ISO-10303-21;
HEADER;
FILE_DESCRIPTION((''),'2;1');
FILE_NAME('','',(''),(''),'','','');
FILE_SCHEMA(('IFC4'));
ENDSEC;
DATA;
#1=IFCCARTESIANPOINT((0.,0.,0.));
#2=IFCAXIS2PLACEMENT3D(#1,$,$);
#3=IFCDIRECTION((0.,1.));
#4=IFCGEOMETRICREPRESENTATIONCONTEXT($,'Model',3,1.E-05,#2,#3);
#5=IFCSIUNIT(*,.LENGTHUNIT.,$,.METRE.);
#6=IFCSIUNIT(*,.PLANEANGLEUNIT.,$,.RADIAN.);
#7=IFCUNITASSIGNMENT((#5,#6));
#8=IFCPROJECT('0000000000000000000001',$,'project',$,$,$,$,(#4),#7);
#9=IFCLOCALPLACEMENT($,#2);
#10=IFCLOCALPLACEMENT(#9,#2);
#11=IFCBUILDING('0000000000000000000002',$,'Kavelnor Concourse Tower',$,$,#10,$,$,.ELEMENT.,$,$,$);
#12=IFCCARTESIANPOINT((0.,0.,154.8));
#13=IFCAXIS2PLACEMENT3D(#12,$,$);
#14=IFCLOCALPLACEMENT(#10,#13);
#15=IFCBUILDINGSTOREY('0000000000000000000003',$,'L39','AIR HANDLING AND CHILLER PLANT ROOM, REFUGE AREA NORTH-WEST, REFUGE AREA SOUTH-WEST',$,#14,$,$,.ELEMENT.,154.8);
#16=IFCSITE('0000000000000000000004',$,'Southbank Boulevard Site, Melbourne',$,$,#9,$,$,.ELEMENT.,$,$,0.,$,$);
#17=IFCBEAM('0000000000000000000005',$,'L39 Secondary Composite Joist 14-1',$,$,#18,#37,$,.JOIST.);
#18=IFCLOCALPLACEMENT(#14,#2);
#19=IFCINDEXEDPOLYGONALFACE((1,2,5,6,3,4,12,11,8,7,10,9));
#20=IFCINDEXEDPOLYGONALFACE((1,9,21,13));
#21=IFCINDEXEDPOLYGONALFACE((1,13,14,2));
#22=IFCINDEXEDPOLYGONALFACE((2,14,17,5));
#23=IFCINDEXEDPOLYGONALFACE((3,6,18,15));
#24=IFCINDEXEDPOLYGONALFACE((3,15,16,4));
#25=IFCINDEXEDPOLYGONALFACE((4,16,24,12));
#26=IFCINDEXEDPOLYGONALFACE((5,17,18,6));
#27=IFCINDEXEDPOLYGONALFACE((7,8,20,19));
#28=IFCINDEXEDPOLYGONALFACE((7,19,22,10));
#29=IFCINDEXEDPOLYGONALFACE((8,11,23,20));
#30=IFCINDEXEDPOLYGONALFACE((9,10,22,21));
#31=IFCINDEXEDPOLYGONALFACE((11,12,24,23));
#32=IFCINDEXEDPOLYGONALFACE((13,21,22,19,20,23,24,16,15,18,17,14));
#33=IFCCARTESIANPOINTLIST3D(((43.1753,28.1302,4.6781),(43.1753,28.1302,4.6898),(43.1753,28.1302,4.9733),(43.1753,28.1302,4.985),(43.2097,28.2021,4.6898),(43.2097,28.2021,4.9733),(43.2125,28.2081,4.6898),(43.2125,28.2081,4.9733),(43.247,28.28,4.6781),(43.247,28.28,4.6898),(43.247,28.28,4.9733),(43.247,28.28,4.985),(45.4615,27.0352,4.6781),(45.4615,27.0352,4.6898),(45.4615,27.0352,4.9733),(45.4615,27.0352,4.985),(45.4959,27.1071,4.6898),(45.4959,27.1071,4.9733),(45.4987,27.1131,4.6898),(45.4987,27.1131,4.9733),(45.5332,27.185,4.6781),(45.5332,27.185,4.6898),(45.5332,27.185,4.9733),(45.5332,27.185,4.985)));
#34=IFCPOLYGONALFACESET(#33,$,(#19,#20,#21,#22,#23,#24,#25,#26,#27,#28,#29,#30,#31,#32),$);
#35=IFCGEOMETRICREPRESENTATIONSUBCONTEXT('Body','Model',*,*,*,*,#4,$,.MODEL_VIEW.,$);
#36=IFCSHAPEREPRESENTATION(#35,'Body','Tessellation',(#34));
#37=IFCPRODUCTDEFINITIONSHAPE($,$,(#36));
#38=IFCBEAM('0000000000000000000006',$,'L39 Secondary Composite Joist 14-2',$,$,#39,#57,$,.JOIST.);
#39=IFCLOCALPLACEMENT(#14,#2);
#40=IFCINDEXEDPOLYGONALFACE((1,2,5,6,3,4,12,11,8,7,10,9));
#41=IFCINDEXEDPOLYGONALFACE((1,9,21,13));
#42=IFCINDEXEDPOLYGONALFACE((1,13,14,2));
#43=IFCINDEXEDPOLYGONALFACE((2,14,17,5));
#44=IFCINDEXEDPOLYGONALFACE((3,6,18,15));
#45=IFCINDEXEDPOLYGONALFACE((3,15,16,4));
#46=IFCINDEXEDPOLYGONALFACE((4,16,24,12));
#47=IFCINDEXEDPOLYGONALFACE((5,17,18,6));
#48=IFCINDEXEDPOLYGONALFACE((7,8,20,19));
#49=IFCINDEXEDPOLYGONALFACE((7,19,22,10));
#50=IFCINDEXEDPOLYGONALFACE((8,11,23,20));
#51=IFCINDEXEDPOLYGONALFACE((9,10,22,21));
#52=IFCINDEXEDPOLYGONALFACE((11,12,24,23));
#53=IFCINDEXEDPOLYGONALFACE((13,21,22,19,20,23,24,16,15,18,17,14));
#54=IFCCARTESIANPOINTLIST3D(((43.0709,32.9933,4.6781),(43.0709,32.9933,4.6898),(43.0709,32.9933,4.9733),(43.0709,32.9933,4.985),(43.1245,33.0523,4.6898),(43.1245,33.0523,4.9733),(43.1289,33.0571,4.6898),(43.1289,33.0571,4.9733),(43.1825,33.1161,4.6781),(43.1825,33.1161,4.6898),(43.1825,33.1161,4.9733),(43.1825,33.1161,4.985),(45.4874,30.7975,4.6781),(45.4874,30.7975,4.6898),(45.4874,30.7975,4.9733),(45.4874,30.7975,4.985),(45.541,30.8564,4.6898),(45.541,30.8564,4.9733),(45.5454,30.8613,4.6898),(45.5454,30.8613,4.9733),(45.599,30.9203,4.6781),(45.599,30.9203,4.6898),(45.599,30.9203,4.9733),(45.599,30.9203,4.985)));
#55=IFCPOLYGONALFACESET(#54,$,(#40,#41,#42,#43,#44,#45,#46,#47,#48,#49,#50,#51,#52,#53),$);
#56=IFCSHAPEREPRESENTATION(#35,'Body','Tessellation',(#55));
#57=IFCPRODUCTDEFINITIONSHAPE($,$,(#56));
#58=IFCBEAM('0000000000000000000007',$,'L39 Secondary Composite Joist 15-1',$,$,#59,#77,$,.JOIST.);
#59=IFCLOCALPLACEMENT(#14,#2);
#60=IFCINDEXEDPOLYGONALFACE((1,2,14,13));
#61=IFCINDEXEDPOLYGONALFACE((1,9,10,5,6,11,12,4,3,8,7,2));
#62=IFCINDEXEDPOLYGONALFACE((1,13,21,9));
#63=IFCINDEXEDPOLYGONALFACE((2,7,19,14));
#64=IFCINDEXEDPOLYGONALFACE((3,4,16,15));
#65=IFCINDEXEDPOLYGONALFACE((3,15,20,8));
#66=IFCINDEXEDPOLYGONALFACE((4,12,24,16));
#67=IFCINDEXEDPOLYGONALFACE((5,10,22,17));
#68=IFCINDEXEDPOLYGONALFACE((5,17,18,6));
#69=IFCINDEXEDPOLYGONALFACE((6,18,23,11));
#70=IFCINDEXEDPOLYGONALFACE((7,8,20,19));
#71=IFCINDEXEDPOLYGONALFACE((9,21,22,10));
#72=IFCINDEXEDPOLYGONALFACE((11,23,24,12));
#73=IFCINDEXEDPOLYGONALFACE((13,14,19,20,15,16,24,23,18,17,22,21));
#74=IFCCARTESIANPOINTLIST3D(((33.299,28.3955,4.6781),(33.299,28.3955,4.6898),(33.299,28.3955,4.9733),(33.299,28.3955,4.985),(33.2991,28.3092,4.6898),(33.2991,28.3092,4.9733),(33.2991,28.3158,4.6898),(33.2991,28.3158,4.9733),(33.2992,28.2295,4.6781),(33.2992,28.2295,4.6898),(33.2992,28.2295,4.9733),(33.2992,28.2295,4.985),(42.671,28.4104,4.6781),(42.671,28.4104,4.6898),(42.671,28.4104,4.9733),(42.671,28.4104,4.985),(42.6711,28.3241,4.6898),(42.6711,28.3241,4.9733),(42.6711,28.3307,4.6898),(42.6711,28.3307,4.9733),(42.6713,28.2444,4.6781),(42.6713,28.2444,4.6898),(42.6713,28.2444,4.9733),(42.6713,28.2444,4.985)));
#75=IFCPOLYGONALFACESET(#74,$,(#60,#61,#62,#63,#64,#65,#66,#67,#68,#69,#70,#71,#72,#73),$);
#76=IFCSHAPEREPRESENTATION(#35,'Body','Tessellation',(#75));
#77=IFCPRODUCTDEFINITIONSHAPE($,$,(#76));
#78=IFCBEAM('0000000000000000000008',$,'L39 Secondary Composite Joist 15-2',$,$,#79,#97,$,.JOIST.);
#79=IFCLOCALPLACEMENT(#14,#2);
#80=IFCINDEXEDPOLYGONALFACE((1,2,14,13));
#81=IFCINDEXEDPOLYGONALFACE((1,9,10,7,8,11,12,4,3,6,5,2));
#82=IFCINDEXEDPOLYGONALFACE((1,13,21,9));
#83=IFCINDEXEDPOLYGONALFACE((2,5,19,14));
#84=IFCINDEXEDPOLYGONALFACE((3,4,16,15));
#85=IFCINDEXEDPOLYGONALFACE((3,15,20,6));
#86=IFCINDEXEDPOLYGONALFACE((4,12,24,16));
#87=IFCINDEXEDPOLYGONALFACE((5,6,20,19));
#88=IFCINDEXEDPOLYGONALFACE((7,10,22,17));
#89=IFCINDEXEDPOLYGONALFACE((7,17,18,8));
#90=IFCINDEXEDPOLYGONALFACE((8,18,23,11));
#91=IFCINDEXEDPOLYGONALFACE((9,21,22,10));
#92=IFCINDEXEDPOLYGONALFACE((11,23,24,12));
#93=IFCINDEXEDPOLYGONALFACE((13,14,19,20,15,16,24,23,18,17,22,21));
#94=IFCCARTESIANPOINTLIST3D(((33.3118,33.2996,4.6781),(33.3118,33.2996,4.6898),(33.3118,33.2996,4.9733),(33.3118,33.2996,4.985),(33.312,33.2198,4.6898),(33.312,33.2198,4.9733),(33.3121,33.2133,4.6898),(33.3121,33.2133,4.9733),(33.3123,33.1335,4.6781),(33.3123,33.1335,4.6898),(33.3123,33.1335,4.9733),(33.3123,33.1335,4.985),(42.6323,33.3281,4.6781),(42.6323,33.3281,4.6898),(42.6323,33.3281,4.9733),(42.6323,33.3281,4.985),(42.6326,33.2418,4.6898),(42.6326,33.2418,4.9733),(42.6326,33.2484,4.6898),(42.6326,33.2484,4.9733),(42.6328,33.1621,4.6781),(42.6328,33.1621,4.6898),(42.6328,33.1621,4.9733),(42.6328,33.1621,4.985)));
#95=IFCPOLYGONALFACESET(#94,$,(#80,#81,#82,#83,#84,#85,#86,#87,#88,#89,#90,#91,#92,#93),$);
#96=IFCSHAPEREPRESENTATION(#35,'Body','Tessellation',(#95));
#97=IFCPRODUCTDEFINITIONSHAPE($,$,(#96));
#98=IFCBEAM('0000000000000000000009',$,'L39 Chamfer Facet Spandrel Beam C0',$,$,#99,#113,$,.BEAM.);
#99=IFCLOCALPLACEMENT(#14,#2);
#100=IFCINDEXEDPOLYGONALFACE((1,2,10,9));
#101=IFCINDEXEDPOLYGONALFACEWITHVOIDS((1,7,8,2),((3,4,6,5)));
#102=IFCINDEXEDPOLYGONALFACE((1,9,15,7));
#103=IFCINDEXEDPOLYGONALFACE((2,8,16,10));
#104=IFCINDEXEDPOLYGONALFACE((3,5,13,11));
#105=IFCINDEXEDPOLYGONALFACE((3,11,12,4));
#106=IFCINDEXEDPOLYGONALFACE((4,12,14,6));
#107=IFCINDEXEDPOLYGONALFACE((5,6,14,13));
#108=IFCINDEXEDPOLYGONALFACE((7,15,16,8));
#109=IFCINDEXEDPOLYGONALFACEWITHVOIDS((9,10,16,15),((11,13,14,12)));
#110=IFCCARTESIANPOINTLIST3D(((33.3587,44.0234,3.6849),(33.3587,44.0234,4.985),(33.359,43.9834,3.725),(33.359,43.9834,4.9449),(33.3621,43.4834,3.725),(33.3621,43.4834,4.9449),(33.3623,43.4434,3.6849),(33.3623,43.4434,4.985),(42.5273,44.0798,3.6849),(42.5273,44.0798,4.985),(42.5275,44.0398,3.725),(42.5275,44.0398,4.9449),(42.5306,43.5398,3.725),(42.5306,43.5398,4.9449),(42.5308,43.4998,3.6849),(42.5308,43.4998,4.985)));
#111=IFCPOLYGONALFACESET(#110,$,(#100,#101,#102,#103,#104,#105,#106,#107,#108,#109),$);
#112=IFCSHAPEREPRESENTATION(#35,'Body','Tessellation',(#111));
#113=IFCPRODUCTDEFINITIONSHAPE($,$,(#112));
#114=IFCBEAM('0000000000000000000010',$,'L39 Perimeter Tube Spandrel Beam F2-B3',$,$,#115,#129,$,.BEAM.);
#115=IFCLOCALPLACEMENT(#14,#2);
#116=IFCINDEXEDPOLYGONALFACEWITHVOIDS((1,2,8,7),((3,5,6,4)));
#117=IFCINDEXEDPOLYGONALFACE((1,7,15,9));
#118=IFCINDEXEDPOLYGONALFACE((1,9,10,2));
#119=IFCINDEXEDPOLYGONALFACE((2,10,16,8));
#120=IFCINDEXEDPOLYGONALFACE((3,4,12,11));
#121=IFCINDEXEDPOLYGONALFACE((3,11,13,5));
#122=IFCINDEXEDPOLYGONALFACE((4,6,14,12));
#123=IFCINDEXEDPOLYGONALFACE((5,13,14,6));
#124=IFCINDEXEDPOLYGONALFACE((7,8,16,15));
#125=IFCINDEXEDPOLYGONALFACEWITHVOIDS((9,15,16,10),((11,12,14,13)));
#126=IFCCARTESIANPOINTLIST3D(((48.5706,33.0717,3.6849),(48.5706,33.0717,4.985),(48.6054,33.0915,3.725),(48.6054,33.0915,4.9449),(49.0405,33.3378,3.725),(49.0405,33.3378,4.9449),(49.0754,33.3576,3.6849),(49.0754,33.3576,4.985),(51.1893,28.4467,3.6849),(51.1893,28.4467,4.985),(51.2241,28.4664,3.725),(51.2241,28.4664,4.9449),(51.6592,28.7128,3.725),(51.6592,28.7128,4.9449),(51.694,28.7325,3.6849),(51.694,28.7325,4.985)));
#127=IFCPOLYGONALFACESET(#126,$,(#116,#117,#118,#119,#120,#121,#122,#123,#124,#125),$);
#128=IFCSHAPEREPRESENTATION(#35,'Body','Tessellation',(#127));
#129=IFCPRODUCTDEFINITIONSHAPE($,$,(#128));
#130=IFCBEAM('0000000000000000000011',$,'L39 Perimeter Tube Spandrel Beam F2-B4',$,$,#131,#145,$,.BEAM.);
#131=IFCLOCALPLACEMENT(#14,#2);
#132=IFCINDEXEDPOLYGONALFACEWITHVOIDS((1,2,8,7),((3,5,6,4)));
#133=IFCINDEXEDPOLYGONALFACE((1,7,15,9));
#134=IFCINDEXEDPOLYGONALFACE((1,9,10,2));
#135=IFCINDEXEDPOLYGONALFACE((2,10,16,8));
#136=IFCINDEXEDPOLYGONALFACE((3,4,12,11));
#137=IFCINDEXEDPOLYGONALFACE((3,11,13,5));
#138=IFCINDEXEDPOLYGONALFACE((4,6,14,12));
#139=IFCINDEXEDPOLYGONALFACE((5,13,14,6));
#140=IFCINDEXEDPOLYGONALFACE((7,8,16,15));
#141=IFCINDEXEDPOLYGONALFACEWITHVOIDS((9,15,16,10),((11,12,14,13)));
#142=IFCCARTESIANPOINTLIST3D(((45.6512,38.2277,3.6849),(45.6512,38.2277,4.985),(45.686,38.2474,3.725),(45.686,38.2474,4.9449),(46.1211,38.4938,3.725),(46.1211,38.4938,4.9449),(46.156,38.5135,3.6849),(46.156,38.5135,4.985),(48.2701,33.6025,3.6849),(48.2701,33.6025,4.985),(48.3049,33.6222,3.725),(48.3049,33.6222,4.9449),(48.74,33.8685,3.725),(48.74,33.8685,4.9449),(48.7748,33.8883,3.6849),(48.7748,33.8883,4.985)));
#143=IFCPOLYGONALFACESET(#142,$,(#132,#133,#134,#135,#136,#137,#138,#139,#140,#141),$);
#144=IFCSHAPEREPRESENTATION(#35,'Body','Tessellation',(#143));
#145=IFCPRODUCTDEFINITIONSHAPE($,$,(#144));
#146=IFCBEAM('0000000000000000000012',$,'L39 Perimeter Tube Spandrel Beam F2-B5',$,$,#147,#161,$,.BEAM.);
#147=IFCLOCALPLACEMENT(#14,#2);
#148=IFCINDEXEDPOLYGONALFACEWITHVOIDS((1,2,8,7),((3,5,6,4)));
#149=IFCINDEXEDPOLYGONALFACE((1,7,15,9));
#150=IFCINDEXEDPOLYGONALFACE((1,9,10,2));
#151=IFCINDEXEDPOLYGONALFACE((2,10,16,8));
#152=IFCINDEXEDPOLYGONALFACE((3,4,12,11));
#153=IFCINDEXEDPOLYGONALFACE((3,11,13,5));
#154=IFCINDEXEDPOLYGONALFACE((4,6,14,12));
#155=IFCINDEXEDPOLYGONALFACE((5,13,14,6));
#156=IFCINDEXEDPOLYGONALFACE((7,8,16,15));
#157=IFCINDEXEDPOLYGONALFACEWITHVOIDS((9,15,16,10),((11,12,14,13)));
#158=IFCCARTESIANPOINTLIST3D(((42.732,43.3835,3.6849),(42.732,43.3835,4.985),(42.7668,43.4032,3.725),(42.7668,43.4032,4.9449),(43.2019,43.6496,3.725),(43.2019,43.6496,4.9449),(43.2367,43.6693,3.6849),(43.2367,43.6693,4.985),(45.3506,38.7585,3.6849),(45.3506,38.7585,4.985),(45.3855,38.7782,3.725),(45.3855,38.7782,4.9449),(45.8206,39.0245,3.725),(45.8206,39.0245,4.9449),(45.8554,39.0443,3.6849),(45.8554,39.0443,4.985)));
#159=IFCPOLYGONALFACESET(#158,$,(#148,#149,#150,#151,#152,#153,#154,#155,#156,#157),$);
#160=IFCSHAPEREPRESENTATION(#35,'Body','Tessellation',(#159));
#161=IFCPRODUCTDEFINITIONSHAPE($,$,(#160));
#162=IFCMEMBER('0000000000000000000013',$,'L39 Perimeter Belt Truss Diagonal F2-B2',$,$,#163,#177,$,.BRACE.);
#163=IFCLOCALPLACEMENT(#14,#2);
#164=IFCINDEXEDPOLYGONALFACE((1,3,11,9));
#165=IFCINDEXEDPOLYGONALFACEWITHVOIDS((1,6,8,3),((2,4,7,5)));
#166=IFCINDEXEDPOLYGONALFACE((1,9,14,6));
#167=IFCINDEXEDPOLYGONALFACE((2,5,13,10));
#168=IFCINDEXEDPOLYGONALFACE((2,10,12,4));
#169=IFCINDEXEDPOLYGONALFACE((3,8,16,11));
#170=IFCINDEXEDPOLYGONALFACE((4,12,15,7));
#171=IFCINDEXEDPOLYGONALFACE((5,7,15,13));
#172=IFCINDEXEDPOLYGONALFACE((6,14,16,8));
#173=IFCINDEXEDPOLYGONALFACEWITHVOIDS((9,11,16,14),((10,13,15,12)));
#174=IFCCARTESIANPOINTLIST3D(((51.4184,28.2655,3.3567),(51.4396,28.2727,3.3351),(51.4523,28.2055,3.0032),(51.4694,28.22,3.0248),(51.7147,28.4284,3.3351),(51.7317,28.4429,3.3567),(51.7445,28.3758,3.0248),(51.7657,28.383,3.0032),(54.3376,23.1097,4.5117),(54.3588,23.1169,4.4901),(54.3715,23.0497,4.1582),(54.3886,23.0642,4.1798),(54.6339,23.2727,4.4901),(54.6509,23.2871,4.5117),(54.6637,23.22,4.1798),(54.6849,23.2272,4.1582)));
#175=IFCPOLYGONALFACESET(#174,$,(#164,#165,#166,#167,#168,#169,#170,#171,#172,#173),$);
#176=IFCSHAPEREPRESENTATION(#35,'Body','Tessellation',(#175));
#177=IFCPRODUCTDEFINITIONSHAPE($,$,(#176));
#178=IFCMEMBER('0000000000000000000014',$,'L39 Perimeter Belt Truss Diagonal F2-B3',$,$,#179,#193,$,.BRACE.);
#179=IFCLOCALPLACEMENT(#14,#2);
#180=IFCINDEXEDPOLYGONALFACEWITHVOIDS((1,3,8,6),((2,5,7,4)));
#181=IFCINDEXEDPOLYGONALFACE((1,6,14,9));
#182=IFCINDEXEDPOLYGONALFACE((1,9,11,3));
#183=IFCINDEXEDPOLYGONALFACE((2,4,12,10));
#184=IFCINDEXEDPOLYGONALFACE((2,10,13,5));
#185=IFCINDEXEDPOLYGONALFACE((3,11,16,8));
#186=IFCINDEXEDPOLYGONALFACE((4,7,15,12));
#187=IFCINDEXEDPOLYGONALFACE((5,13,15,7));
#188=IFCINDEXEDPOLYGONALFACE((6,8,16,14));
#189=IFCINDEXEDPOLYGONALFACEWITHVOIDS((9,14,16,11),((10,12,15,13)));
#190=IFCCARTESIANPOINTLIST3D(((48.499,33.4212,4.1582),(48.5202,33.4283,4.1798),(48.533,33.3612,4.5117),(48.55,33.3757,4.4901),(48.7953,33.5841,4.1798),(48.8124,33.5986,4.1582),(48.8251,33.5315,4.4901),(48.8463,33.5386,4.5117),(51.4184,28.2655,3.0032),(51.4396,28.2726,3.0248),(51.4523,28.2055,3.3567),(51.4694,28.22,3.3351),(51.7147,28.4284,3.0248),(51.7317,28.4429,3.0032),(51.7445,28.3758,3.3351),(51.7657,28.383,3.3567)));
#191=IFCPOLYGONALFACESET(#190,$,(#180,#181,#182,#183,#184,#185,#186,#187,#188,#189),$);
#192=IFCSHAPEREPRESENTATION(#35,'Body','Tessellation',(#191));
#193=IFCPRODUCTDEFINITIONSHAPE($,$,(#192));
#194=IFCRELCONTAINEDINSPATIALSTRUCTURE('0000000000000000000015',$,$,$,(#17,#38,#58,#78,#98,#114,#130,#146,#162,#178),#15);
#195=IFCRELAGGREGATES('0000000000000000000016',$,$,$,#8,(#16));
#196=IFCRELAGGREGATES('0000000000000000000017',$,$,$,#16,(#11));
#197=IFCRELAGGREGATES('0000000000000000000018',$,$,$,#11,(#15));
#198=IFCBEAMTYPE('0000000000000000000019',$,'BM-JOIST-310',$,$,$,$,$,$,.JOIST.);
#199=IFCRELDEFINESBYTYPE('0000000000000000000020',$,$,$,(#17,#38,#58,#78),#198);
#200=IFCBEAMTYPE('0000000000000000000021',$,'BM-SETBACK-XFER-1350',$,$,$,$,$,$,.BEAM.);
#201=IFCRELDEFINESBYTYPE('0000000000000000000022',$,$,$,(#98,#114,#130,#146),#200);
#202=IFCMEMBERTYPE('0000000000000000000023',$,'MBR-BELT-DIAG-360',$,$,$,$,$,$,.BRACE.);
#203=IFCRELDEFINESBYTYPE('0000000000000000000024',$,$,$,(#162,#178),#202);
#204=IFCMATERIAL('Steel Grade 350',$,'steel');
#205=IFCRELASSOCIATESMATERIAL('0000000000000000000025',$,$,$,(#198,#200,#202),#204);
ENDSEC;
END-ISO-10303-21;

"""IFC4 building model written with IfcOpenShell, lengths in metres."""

from ifc_helpers import new_model, si_unit, direction, frame, origin, origin_2d, place, context, subcontext, project, spatial, hollow_rectangle, i_section, extrude, material, material_profile, profile_set, type_object, element, save


model = new_model("IFC4")

# Units and contexts
model_context = context("Model", 3, precision=1e-05, world=origin(), true_north=direction((0.0, 1.0)))
body_context = subcontext(model_context, "Body", "Model", "MODEL_VIEW")
ifc_project = project(units=[si_unit("LENGTHUNIT", "METRE"), si_unit("PLANEANGLEUNIT", "RADIAN")], contexts=[model_context])

# Site, building, storey
site_placement = place(None, origin())
site = spatial("IfcSite", under=ifc_project, at=site_placement, Name="Southbank Boulevard Site, Melbourne", CompositionType="ELEMENT", RefElevation=0.0)
building_placement = place(site_placement, origin())
building = spatial("IfcBuilding", under=site, at=building_placement, Name="Kavelnor Concourse Tower", CompositionType="ELEMENT")
storey_placement = place(building_placement, frame((0.0, 0.0, 154.8)))
storey = spatial("IfcBuildingStorey", under=building, at=storey_placement, Name="L39", Description="AIR HANDLING AND CHILLER PLANT ROOM, REFUGE AREA NORTH-WEST, REFUGE AREA SOUTH-WEST", CompositionType="ELEMENT", Elevation=154.8)

# Shared definitions
ifc_material_1 = material(Name="Steel Grade 350", Category="steel")

# Beams
ifc_material_profile_1 = material_profile(ifc_material_1, i_section(OverallWidth=0.166, OverallDepth=0.3069, WebThickness=0.0066, FlangeThickness=0.0117, at=origin_2d()), Name="310UB46")
ifc_profile_set_1 = profile_set([ifc_material_profile_1], Name="Steel Grade 350")
beam_type_1 = type_object("IfcBeamType", Name="BM-JOIST-310", PredefinedType="JOIST", material=ifc_profile_set_1)
beam_1_placement = place(storey_placement, frame((45.4973, 27.1101, 4.8315), z_axis=(-0.901888, 0.43197, 0.0), x_axis=(-0.43197, -0.901888, 0.0)))
element("IfcBeam", 1, at=beam_1_placement, inside=storey, type_object=beam_type_1, Name="L39 Secondary Composite Joist 14-1", PredefinedType="JOIST", context=body_context, shape_type="SweptSolid", body=[
    extrude(i_section(OverallWidth=0.166, OverallDepth=0.3069, WebThickness=0.0066, FlangeThickness=0.0117, at=origin_2d()), origin(), (0.0, 0.0, 1.0), 2.5349),
])
beam_2_placement = place(storey_placement, frame((45.5432, 30.8589, 4.8315), z_axis=(-0.740096, 0.672502, 0.0), x_axis=(-0.672502, -0.740096, 0.0)))
element("IfcBeam", 2, at=beam_2_placement, inside=storey, type_object=beam_type_1, Name="L39 Secondary Composite Joist 14-2", PredefinedType="JOIST", context=body_context, shape_type="SweptSolid", body=[
    extrude(i_section(OverallWidth=0.166, OverallDepth=0.3069, WebThickness=0.0066, FlangeThickness=0.0117, at=origin_2d()), origin(), (0.0, 0.0, 1.0), 3.2651),
])
beam_3_placement = place(storey_placement, frame((42.6711, 28.3274, 4.8315), z_axis=(-0.999999, -0.001589, 0.0), x_axis=(0.001589, -0.999999, 0.0)))
element("IfcBeam", 3, at=beam_3_placement, inside=storey, type_object=beam_type_1, Name="L39 Secondary Composite Joist 15-1", PredefinedType="JOIST", context=body_context, shape_type="SweptSolid", body=[
    extrude(i_section(OverallWidth=0.166, OverallDepth=0.3069, WebThickness=0.0066, FlangeThickness=0.0117, at=origin_2d()), origin(), (0.0, 0.0, 1.0), 9.3721),
])
beam_4_placement = place(storey_placement, frame((42.6326, 33.2451, 4.8315), z_axis=(-0.999995, -0.003065, 0.0), x_axis=(0.003065, -0.999995, 0.0)))
element("IfcBeam", 4, at=beam_4_placement, inside=storey, type_object=beam_type_1, Name="L39 Secondary Composite Joist 15-2", PredefinedType="JOIST", context=body_context, shape_type="SweptSolid", body=[
    extrude(i_section(OverallWidth=0.166, OverallDepth=0.3069, WebThickness=0.0066, FlangeThickness=0.0117, at=origin_2d()), origin(), (0.0, 0.0, 1.0), 9.3206),
])
ifc_material_profile_2 = material_profile(ifc_material_1, hollow_rectangle(XDim=0.5801, YDim=1.3, WallThickness=0.04, at=origin_2d()), Name="RHS 1300x580x40")
ifc_profile_set_2 = profile_set([ifc_material_profile_2], Name="Steel Grade 350")
beam_type_2 = type_object("IfcBeamType", Name="BM-SETBACK-XFER-1350", PredefinedType="BEAM", material=ifc_profile_set_2)
beam_5_placement = place(storey_placement, frame((42.5291, 43.7898, 4.335), z_axis=(-0.999981, -0.006151, 0.0), x_axis=(0.006151, -0.999981, 0.0)))
element("IfcBeam", 5, at=beam_5_placement, inside=storey, type_object=beam_type_2, Name="L39 Chamfer Facet Spandrel Beam C0", PredefinedType="BEAM", context=body_context, shape_type="SweptSolid", body=[
    extrude(hollow_rectangle(XDim=0.5801, YDim=1.3, WallThickness=0.04, at=origin_2d()), origin(), (0.0, 0.0, 1.0), 9.1687),
])
beam_6_placement = place(storey_placement, frame((51.4417, 28.5896, 4.335), z_axis=(-0.492702, 0.870198, 0.0), x_axis=(-0.870198, -0.492702, 0.0)))
element("IfcBeam", 6, at=beam_6_placement, inside=storey, type_object=beam_type_2, Name="L39 Perimeter Tube Spandrel Beam F2-B3", PredefinedType="BEAM", context=body_context, shape_type="SweptSolid", body=[
    extrude(hollow_rectangle(XDim=0.5801, YDim=1.3, WallThickness=0.04, at=origin_2d()), origin(), (0.0, 0.0, 1.0), 5.3149),
])
beam_7_placement = place(storey_placement, frame((48.5225, 33.7454, 4.335), z_axis=(-0.492717, 0.87019, 0.0), x_axis=(-0.87019, -0.492717, 0.0)))
element("IfcBeam", 7, at=beam_7_placement, inside=storey, type_object=beam_type_2, Name="L39 Perimeter Tube Spandrel Beam F2-B4", PredefinedType="BEAM", context=body_context, shape_type="SweptSolid", body=[
    extrude(hollow_rectangle(XDim=0.5801, YDim=1.3, WallThickness=0.04, at=origin_2d()), origin(), (0.0, 0.0, 1.0), 5.3152),
])
beam_8_placement = place(storey_placement, frame((45.603, 38.9014, 4.335), z_axis=(-0.492702, 0.870198, 0.0), x_axis=(-0.870198, -0.492702, 0.0)))
element("IfcBeam", 8, at=beam_8_placement, inside=storey, type_object=beam_type_2, Name="L39 Perimeter Tube Spandrel Beam F2-B5", PredefinedType="BEAM", context=body_context, shape_type="SweptSolid", body=[
    extrude(hollow_rectangle(XDim=0.5801, YDim=1.3, WallThickness=0.04, at=origin_2d()), origin(), (0.0, 0.0, 1.0), 5.3149),
])

# Members
ifc_material_profile_3 = material_profile(ifc_material_1, hollow_rectangle(XDim=0.3601, YDim=0.3601, WallThickness=0.022, at=origin_2d()), Name="SHS 360x360x22")
ifc_profile_set_3 = profile_set([ifc_material_profile_3], Name="Steel Grade 350")
member_type_1 = type_object("IfcMemberType", Name="MBR-BELT-DIAG-360", PredefinedType="BRACE", material=ifc_profile_set_3)
for number, where, z_axis, x_axis, name in (
    (9, (51.592, 28.3242, 3.1799), (0.483601, -0.854118, 0.191345), (0.870197, 0.492705, 0.0), "L39 Perimeter Belt Truss Diagonal F2-B2"),
    (10, (51.592, 28.3242, 3.1799), (-0.483632, 0.854101, 0.191342), (-0.870179, -0.492736, 0.0), "L39 Perimeter Belt Truss Diagonal F2-B3"),
):
    element("IfcMember", number, at=place(storey_placement, frame(where, z_axis=z_axis, x_axis=x_axis)), inside=storey, type_object=member_type_1, Name=name, PredefinedType="BRACE", context=body_context, shape_type="SweptSolid", body=[
        extrude(hollow_rectangle(XDim=0.3601, YDim=0.3601, WallThickness=0.022, at=origin_2d()), origin(), (0.0, 0.0, 1.0), 6.0364),
    ])

save(model, "model.ifc")
